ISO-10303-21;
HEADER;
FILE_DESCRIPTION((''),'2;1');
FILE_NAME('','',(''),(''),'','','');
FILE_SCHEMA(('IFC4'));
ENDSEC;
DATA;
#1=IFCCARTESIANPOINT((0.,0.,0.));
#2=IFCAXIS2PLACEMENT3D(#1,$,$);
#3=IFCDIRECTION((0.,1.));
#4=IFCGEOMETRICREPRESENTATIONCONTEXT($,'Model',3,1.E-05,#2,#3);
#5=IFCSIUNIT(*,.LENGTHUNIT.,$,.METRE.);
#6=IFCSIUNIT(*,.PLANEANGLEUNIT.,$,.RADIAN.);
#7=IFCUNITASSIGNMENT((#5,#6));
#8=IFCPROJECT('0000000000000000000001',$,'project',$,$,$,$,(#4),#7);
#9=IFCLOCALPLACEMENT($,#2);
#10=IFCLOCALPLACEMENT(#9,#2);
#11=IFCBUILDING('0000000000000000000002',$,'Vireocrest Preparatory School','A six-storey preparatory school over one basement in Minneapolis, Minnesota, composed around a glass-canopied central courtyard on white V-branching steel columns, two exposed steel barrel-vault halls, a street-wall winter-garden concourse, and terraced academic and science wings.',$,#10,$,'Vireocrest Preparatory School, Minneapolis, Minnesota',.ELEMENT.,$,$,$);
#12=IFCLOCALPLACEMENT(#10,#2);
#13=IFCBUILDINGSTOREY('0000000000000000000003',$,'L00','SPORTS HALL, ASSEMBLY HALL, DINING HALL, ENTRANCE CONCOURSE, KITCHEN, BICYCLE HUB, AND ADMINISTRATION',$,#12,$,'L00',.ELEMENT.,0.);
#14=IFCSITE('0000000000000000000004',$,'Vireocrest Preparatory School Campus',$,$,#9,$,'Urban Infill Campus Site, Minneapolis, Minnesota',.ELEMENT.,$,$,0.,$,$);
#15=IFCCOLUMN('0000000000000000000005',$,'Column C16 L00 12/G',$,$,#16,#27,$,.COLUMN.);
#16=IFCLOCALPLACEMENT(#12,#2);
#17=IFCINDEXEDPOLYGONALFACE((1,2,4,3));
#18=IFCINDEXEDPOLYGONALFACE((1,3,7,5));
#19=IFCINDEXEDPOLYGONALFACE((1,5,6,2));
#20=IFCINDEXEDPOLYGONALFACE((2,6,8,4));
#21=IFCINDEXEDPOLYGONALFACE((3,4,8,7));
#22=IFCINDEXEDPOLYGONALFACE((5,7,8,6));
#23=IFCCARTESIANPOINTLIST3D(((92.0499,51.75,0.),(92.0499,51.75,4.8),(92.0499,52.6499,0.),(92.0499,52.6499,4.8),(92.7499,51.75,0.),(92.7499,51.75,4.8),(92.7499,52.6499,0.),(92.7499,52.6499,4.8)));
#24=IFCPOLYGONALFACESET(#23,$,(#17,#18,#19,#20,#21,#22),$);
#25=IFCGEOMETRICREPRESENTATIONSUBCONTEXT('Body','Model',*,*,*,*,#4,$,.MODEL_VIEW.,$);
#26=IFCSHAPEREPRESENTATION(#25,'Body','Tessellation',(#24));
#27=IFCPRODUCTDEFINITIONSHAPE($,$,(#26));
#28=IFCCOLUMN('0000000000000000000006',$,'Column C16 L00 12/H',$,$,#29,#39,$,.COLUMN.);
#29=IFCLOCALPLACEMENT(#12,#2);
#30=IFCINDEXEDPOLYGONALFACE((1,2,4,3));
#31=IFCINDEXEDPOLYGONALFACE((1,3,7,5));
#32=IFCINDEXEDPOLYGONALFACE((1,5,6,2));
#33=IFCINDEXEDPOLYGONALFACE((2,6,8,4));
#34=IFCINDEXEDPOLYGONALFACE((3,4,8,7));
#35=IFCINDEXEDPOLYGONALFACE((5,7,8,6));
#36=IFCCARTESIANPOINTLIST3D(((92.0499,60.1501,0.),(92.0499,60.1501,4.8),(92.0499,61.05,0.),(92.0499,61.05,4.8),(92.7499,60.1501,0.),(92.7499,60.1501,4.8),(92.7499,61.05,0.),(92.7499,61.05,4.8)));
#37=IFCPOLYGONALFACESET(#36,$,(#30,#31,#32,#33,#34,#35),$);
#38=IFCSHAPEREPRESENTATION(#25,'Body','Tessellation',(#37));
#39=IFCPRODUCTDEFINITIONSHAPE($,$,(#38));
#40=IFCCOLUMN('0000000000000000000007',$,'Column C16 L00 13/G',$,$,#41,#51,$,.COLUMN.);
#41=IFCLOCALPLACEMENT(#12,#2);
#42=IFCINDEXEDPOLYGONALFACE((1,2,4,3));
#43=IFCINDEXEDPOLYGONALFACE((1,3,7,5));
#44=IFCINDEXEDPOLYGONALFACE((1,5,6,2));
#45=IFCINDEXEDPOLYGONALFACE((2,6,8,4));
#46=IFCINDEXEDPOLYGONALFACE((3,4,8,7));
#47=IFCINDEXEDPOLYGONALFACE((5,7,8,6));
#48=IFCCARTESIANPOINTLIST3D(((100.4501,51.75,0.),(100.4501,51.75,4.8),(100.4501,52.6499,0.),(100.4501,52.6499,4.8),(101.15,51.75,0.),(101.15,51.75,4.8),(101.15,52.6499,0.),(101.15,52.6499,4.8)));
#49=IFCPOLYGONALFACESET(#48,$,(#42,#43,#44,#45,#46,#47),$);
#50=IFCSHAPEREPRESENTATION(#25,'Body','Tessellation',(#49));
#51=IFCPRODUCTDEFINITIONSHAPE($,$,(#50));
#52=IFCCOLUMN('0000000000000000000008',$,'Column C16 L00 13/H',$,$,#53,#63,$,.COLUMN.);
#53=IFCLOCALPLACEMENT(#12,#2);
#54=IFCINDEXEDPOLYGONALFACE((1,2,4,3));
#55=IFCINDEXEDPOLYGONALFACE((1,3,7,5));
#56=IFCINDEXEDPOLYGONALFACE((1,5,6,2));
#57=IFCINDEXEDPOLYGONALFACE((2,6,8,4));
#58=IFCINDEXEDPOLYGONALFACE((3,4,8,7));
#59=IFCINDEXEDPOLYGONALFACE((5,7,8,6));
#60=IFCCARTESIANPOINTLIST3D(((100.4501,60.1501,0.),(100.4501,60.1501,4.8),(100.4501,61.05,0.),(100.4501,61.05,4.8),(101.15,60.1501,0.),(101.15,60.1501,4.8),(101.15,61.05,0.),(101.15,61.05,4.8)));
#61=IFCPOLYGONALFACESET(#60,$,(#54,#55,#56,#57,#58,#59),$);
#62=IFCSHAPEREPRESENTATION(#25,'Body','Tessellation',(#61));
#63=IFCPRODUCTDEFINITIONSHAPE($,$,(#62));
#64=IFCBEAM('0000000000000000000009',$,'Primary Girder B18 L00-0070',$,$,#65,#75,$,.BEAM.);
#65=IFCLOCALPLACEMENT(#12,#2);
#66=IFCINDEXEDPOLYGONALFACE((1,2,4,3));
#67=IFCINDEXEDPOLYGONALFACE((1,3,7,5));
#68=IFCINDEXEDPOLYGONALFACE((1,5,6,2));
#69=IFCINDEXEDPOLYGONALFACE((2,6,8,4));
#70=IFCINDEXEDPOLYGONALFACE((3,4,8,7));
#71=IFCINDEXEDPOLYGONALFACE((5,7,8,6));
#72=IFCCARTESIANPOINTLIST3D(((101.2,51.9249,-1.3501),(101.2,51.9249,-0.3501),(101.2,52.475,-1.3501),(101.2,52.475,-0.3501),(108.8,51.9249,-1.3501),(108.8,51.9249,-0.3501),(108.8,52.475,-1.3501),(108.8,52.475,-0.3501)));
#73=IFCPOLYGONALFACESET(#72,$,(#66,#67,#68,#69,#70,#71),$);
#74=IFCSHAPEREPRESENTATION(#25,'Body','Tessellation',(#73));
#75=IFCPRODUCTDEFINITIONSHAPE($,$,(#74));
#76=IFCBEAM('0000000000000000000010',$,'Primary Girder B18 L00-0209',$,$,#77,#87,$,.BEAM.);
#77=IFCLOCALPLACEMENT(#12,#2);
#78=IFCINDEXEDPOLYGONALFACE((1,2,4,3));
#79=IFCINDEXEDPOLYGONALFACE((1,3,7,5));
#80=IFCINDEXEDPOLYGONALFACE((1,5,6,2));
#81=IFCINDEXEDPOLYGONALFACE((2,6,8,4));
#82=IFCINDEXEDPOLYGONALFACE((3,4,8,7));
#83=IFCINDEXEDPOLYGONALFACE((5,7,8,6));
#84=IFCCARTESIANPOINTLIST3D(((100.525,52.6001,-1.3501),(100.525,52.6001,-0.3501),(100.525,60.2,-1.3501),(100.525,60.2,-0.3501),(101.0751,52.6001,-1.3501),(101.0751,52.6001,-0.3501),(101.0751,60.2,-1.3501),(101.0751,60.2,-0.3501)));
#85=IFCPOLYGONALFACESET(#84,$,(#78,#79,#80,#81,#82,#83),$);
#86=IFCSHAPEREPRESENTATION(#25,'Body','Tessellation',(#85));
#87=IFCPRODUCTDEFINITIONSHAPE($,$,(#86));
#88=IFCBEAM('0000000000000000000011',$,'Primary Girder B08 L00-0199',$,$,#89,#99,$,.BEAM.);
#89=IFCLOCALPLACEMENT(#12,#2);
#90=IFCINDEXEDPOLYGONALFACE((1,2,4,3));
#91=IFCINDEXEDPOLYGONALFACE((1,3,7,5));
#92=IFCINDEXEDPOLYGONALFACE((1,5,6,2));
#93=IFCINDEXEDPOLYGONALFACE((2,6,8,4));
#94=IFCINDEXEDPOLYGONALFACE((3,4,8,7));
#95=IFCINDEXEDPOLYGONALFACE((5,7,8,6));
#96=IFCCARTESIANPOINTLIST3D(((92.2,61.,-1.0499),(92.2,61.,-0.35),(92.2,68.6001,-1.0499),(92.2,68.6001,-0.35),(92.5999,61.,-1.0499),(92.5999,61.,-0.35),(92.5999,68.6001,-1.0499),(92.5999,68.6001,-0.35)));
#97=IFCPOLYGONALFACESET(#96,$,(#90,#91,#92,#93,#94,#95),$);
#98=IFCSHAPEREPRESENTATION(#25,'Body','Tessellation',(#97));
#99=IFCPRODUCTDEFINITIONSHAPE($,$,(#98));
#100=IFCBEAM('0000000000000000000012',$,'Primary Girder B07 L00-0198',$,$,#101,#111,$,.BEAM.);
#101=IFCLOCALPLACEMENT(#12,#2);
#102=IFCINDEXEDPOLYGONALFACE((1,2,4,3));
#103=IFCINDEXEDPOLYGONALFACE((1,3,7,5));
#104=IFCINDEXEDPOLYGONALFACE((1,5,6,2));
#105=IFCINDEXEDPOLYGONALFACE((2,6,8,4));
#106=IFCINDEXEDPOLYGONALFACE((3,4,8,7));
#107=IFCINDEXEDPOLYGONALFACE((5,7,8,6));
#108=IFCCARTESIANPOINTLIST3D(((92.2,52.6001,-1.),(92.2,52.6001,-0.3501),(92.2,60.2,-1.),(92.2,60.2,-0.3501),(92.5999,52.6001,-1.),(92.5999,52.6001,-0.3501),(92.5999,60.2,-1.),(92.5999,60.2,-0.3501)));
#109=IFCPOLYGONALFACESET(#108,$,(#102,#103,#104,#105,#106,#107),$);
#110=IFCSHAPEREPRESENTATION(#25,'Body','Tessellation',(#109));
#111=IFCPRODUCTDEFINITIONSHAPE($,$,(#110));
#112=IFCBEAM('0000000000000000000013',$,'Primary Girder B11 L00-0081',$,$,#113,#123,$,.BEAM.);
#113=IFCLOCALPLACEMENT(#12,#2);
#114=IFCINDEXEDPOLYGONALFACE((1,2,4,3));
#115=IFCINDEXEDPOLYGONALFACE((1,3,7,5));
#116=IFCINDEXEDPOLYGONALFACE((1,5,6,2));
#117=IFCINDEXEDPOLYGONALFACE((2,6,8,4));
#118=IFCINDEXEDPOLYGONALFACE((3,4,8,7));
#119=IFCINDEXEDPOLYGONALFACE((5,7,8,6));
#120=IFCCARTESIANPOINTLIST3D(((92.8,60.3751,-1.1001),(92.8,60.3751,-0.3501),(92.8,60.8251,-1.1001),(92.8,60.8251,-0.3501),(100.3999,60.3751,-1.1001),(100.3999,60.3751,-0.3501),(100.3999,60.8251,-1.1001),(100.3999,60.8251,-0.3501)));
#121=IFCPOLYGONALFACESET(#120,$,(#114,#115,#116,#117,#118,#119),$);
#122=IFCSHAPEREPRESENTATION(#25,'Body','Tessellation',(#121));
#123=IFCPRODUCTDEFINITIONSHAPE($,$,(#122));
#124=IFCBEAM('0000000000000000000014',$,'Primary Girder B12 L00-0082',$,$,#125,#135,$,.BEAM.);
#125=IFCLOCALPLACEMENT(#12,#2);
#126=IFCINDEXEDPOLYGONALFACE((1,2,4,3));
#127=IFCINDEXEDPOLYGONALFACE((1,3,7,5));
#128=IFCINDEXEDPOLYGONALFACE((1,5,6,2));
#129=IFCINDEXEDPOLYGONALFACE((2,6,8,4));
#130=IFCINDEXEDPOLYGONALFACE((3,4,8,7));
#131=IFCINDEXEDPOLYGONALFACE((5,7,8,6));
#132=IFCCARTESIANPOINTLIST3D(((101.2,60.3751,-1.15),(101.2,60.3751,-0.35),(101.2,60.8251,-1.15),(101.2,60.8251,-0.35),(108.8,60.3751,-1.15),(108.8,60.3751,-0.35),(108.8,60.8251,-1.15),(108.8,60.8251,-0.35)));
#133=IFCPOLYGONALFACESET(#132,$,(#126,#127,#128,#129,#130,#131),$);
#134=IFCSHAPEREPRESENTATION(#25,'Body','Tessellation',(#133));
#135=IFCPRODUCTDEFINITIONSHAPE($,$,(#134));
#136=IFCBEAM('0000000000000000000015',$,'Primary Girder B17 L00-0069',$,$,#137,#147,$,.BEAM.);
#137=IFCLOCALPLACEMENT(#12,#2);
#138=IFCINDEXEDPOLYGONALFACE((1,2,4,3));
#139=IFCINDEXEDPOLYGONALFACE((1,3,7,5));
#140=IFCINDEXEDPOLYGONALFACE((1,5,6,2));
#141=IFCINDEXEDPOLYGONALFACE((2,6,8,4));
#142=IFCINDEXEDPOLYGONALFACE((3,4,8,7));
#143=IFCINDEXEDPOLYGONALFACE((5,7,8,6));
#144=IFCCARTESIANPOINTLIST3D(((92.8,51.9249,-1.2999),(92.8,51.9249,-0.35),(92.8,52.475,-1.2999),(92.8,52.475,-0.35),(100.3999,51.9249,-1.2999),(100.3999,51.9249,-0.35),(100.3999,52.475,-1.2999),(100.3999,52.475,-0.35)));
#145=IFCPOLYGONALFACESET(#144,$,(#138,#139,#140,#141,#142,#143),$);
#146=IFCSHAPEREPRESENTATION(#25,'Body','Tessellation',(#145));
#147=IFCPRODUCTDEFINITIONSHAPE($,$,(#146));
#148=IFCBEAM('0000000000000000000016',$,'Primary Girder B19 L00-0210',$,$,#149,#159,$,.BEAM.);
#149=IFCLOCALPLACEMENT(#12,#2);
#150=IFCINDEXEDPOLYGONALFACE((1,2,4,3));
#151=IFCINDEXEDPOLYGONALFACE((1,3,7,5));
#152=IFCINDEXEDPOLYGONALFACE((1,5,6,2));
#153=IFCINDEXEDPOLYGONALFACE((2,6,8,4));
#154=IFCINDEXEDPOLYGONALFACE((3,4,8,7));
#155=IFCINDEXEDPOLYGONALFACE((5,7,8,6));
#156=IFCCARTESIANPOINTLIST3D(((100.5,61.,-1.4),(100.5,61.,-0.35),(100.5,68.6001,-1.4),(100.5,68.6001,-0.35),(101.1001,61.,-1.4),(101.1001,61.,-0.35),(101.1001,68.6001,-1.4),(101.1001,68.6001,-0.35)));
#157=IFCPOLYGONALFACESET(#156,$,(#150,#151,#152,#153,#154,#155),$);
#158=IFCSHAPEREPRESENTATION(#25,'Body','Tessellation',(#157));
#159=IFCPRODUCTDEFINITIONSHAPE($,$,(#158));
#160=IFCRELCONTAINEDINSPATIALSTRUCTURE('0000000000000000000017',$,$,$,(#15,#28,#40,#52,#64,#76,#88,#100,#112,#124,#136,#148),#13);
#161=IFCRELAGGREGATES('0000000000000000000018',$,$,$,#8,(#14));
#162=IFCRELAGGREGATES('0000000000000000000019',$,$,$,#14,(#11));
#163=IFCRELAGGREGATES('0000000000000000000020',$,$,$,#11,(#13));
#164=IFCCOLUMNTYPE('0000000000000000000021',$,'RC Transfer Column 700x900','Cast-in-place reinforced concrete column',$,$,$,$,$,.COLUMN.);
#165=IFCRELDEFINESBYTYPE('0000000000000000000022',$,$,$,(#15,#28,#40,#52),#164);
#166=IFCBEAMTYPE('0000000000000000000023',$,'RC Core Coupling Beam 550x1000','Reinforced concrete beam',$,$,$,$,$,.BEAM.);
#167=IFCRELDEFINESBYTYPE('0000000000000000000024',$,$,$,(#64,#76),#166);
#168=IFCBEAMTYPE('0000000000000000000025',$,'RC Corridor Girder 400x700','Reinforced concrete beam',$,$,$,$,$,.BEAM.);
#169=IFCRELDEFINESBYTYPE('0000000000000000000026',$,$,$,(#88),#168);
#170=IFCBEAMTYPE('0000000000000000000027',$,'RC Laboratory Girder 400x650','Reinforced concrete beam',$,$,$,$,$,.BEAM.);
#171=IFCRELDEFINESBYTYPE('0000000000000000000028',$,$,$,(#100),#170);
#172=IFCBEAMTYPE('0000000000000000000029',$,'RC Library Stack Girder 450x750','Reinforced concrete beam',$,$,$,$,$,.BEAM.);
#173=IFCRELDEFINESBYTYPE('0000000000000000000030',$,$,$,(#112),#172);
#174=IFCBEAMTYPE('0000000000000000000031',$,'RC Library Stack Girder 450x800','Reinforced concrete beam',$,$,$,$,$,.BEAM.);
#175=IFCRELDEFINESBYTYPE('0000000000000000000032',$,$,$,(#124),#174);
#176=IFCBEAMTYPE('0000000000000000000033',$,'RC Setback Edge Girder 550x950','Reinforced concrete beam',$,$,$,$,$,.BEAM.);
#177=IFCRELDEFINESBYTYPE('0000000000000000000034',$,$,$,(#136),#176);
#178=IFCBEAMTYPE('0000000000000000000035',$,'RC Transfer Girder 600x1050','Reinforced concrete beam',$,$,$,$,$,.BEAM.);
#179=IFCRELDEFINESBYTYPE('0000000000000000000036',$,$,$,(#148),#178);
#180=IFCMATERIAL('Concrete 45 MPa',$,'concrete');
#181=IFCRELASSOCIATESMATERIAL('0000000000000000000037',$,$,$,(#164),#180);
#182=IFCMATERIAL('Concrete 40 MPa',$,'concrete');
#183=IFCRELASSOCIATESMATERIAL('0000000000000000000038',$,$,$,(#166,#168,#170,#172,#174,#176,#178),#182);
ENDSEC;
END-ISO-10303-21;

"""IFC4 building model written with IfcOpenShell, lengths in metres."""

from ifc_helpers import new_model, si_unit, direction, frame, origin, origin_2d, place, context, subcontext, project, spatial, rectangle, extrude, material, material_profile, profile_set, type_object, element, save


model = new_model("IFC4")

# Units and contexts
model_context = context("Model", 3, precision=1e-05, world=origin(), true_north=direction((0.0, 1.0)))
body_context = subcontext(model_context, "Body", "Model", "MODEL_VIEW")
ifc_project = project(units=[si_unit("LENGTHUNIT", "METRE"), si_unit("PLANEANGLEUNIT", "RADIAN")], contexts=[model_context])

# Site, building, storey
site_placement = place(None, origin())
site = spatial("IfcSite", under=ifc_project, at=site_placement, Name="Vireocrest Preparatory School Campus", LongName="Urban Infill Campus Site, Minneapolis, Minnesota", CompositionType="ELEMENT", RefElevation=0.0)
building_placement = place(site_placement, origin())
building = spatial("IfcBuilding", under=site, at=building_placement, Name="Vireocrest Preparatory School", Description="A six-storey preparatory school over one basement in Minneapolis, Minnesota, composed around a glass-canopied central courtyard on white V-branching steel columns, two exposed steel barrel-vault halls, a street-wall winter-garden concourse, and terraced academic and science wings.", LongName="Vireocrest Preparatory School, Minneapolis, Minnesota", CompositionType="ELEMENT")
storey_placement = place(building_placement, origin())
storey = spatial("IfcBuildingStorey", under=building, at=storey_placement, Name="L00", Description="SPORTS HALL, ASSEMBLY HALL, DINING HALL, ENTRANCE CONCOURSE, KITCHEN, BICYCLE HUB, AND ADMINISTRATION", LongName="L00", CompositionType="ELEMENT", Elevation=0.0)

# Columns
ifc_material_1 = material(Name="Concrete 45 MPa", Category="concrete")
ifc_material_profile_1 = material_profile(ifc_material_1, rectangle(XDim=0.7, YDim=0.8999, at=origin_2d()), Name="RC 700x900")
ifc_profile_set_1 = profile_set([ifc_material_profile_1], Name="Concrete 45 MPa")
column_type = type_object("IfcColumnType", Name="RC Transfer Column 700x900", Description="Cast-in-place reinforced concrete column", PredefinedType="COLUMN", material=ifc_profile_set_1)
for number, where, z_axis, x_axis, name in (
    (1, (92.3999, 52.2, 0.0), (0.0, 0.0, 1.0), (1.0, 0.0, 0.0), "Column C16 L00 12/G"),
    (2, (92.3999, 60.6001, 0.0), (0.0, 0.0, 1.0), (1.0, 0.0, 0.0), "Column C16 L00 12/H"),
    (3, (100.8, 52.2, 0.0), (0.0, 0.0, 1.0), (1.0, 0.0, 0.0), "Column C16 L00 13/G"),
    (4, (100.8, 60.6001, 0.0), (0.0, 0.0, 1.0), (1.0, 0.0, 0.0), "Column C16 L00 13/H"),
):
    element("IfcColumn", number, at=place(storey_placement, frame(where, z_axis=z_axis, x_axis=x_axis)), inside=storey, type_object=column_type, Name=name, PredefinedType="COLUMN", context=body_context, shape_type="SweptSolid", body=[
        extrude(rectangle(XDim=0.7, YDim=0.8999, at=origin_2d()), origin(), (0.0, 0.0, 1.0), 4.8),
    ])

# Beams
ifc_material_2 = material(Name="Concrete 40 MPa", Category="concrete")
ifc_material_profile_2 = material_profile(ifc_material_2, rectangle(XDim=0.55, YDim=1.0, at=origin_2d()), Name="RC 550x1000")
ifc_profile_set_2 = profile_set([ifc_material_profile_2], Name="Concrete 40 MPa")
beam_type_1 = type_object("IfcBeamType", Name="RC Core Coupling Beam 550x1000", Description="Reinforced concrete beam", PredefinedType="BEAM", material=ifc_profile_set_2)
beam_1_placement = place(storey_placement, frame((101.2, 52.2, -0.8501), z_axis=(1.0, 0.0, 0.0), x_axis=(0.0, 1.0, 0.0)))
element("IfcBeam", 5, at=beam_1_placement, inside=storey, type_object=beam_type_1, Name="Primary Girder B18 L00-0070", PredefinedType="BEAM", context=body_context, shape_type="SweptSolid", body=[
    extrude(rectangle(XDim=0.55, YDim=1.0, at=origin_2d()), origin(), (0.0, 0.0, 1.0), 7.6001),
])
beam_2_placement = place(storey_placement, frame((100.8, 52.6001, -0.8501), z_axis=(0.0, 1.0, 0.0), x_axis=(-1.0, 0.0, 0.0)))
element("IfcBeam", 6, at=beam_2_placement, inside=storey, type_object=beam_type_1, Name="Primary Girder B18 L00-0209", PredefinedType="BEAM", context=body_context, shape_type="SweptSolid", body=[
    extrude(rectangle(XDim=0.55, YDim=1.0, at=origin_2d()), origin(), (0.0, 0.0, 1.0), 7.5999),
])
ifc_material_profile_3 = material_profile(ifc_material_2, rectangle(XDim=0.3999, YDim=0.7, at=origin_2d()), Name="RC 400x700")
ifc_profile_set_3 = profile_set([ifc_material_profile_3], Name="Concrete 40 MPa")
beam_type_2 = type_object("IfcBeamType", Name="RC Corridor Girder 400x700", Description="Reinforced concrete beam", PredefinedType="BEAM", material=ifc_profile_set_3)
beam_3_placement = place(storey_placement, frame((92.3999, 61.0, -0.7), z_axis=(0.0, 1.0, 0.0), x_axis=(-1.0, 0.0, 0.0)))
element("IfcBeam", 7, at=beam_3_placement, inside=storey, type_object=beam_type_2, Name="Primary Girder B08 L00-0199", PredefinedType="BEAM", context=body_context, shape_type="SweptSolid", body=[
    extrude(rectangle(XDim=0.3999, YDim=0.7, at=origin_2d()), origin(), (0.0, 0.0, 1.0), 7.6001),
])
ifc_material_profile_4 = material_profile(ifc_material_2, rectangle(XDim=0.3999, YDim=0.6499, at=origin_2d()), Name="RC 400x650")
ifc_profile_set_4 = profile_set([ifc_material_profile_4], Name="Concrete 40 MPa")
beam_type_3 = type_object("IfcBeamType", Name="RC Laboratory Girder 400x650", Description="Reinforced concrete beam", PredefinedType="BEAM", material=ifc_profile_set_4)
beam_4_placement = place(storey_placement, frame((92.3999, 52.6001, -0.675), z_axis=(0.0, 1.0, 0.0), x_axis=(-1.0, 0.0, 0.0)))
element("IfcBeam", 8, at=beam_4_placement, inside=storey, type_object=beam_type_3, Name="Primary Girder B07 L00-0198", PredefinedType="BEAM", context=body_context, shape_type="SweptSolid", body=[
    extrude(rectangle(XDim=0.3999, YDim=0.6499, at=origin_2d()), origin(), (0.0, 0.0, 1.0), 7.5999),
])
ifc_material_profile_5 = material_profile(ifc_material_2, rectangle(XDim=0.45, YDim=0.75, at=origin_2d()), Name="RC 450x750")
ifc_profile_set_5 = profile_set([ifc_material_profile_5], Name="Concrete 40 MPa")
beam_type_4 = type_object("IfcBeamType", Name="RC Library Stack Girder 450x750", Description="Reinforced concrete beam", PredefinedType="BEAM", material=ifc_profile_set_5)
beam_5_placement = place(storey_placement, frame((92.8, 60.6001, -0.7251), z_axis=(1.0, 0.0, 0.0), x_axis=(0.0, 1.0, 0.0)))
element("IfcBeam", 9, at=beam_5_placement, inside=storey, type_object=beam_type_4, Name="Primary Girder B11 L00-0081", PredefinedType="BEAM", context=body_context, shape_type="SweptSolid", body=[
    extrude(rectangle(XDim=0.45, YDim=0.75, at=origin_2d()), origin(), (0.0, 0.0, 1.0), 7.5999),
])
ifc_material_profile_6 = material_profile(ifc_material_2, rectangle(XDim=0.45, YDim=0.8, at=origin_2d()), Name="RC 450x800")
ifc_profile_set_6 = profile_set([ifc_material_profile_6], Name="Concrete 40 MPa")
beam_type_5 = type_object("IfcBeamType", Name="RC Library Stack Girder 450x800", Description="Reinforced concrete beam", PredefinedType="BEAM", material=ifc_profile_set_6)
beam_6_placement = place(storey_placement, frame((101.2, 60.6001, -0.75), z_axis=(1.0, 0.0, 0.0), x_axis=(0.0, 1.0, 0.0)))
element("IfcBeam", 10, at=beam_6_placement, inside=storey, type_object=beam_type_5, Name="Primary Girder B12 L00-0082", PredefinedType="BEAM", context=body_context, shape_type="SweptSolid", body=[
    extrude(rectangle(XDim=0.45, YDim=0.8, at=origin_2d()), origin(), (0.0, 0.0, 1.0), 7.6001),
])
ifc_material_profile_7 = material_profile(ifc_material_2, rectangle(XDim=0.55, YDim=0.95, at=origin_2d()), Name="RC 550x950")
ifc_profile_set_7 = profile_set([ifc_material_profile_7], Name="Concrete 40 MPa")
beam_type_6 = type_object("IfcBeamType", Name="RC Setback Edge Girder 550x950", Description="Reinforced concrete beam", PredefinedType="BEAM", material=ifc_profile_set_7)
beam_7_placement = place(storey_placement, frame((92.8, 52.2, -0.825), z_axis=(1.0, 0.0, 0.0), x_axis=(0.0, 1.0, 0.0)))
element("IfcBeam", 11, at=beam_7_placement, inside=storey, type_object=beam_type_6, Name="Primary Girder B17 L00-0069", PredefinedType="BEAM", context=body_context, shape_type="SweptSolid", body=[
    extrude(rectangle(XDim=0.55, YDim=0.95, at=origin_2d()), origin(), (0.0, 0.0, 1.0), 7.5999),
])
ifc_material_profile_8 = material_profile(ifc_material_2, rectangle(XDim=0.6001, YDim=1.05, at=origin_2d()), Name="RC 600x1050")
ifc_profile_set_8 = profile_set([ifc_material_profile_8], Name="Concrete 40 MPa")
beam_type_7 = type_object("IfcBeamType", Name="RC Transfer Girder 600x1050", Description="Reinforced concrete beam", PredefinedType="BEAM", material=ifc_profile_set_8)
beam_8_placement = place(storey_placement, frame((100.8, 61.0, -0.875), z_axis=(0.0, 1.0, 0.0), x_axis=(-1.0, 0.0, 0.0)))
element("IfcBeam", 12, at=beam_8_placement, inside=storey, type_object=beam_type_7, Name="Primary Girder B19 L00-0210", PredefinedType="BEAM", context=body_context, shape_type="SweptSolid", body=[
    extrude(rectangle(XDim=0.6001, YDim=1.05, at=origin_2d()), origin(), (0.0, 0.0, 1.0), 7.6001),
])

save(model, "model.ifc")
